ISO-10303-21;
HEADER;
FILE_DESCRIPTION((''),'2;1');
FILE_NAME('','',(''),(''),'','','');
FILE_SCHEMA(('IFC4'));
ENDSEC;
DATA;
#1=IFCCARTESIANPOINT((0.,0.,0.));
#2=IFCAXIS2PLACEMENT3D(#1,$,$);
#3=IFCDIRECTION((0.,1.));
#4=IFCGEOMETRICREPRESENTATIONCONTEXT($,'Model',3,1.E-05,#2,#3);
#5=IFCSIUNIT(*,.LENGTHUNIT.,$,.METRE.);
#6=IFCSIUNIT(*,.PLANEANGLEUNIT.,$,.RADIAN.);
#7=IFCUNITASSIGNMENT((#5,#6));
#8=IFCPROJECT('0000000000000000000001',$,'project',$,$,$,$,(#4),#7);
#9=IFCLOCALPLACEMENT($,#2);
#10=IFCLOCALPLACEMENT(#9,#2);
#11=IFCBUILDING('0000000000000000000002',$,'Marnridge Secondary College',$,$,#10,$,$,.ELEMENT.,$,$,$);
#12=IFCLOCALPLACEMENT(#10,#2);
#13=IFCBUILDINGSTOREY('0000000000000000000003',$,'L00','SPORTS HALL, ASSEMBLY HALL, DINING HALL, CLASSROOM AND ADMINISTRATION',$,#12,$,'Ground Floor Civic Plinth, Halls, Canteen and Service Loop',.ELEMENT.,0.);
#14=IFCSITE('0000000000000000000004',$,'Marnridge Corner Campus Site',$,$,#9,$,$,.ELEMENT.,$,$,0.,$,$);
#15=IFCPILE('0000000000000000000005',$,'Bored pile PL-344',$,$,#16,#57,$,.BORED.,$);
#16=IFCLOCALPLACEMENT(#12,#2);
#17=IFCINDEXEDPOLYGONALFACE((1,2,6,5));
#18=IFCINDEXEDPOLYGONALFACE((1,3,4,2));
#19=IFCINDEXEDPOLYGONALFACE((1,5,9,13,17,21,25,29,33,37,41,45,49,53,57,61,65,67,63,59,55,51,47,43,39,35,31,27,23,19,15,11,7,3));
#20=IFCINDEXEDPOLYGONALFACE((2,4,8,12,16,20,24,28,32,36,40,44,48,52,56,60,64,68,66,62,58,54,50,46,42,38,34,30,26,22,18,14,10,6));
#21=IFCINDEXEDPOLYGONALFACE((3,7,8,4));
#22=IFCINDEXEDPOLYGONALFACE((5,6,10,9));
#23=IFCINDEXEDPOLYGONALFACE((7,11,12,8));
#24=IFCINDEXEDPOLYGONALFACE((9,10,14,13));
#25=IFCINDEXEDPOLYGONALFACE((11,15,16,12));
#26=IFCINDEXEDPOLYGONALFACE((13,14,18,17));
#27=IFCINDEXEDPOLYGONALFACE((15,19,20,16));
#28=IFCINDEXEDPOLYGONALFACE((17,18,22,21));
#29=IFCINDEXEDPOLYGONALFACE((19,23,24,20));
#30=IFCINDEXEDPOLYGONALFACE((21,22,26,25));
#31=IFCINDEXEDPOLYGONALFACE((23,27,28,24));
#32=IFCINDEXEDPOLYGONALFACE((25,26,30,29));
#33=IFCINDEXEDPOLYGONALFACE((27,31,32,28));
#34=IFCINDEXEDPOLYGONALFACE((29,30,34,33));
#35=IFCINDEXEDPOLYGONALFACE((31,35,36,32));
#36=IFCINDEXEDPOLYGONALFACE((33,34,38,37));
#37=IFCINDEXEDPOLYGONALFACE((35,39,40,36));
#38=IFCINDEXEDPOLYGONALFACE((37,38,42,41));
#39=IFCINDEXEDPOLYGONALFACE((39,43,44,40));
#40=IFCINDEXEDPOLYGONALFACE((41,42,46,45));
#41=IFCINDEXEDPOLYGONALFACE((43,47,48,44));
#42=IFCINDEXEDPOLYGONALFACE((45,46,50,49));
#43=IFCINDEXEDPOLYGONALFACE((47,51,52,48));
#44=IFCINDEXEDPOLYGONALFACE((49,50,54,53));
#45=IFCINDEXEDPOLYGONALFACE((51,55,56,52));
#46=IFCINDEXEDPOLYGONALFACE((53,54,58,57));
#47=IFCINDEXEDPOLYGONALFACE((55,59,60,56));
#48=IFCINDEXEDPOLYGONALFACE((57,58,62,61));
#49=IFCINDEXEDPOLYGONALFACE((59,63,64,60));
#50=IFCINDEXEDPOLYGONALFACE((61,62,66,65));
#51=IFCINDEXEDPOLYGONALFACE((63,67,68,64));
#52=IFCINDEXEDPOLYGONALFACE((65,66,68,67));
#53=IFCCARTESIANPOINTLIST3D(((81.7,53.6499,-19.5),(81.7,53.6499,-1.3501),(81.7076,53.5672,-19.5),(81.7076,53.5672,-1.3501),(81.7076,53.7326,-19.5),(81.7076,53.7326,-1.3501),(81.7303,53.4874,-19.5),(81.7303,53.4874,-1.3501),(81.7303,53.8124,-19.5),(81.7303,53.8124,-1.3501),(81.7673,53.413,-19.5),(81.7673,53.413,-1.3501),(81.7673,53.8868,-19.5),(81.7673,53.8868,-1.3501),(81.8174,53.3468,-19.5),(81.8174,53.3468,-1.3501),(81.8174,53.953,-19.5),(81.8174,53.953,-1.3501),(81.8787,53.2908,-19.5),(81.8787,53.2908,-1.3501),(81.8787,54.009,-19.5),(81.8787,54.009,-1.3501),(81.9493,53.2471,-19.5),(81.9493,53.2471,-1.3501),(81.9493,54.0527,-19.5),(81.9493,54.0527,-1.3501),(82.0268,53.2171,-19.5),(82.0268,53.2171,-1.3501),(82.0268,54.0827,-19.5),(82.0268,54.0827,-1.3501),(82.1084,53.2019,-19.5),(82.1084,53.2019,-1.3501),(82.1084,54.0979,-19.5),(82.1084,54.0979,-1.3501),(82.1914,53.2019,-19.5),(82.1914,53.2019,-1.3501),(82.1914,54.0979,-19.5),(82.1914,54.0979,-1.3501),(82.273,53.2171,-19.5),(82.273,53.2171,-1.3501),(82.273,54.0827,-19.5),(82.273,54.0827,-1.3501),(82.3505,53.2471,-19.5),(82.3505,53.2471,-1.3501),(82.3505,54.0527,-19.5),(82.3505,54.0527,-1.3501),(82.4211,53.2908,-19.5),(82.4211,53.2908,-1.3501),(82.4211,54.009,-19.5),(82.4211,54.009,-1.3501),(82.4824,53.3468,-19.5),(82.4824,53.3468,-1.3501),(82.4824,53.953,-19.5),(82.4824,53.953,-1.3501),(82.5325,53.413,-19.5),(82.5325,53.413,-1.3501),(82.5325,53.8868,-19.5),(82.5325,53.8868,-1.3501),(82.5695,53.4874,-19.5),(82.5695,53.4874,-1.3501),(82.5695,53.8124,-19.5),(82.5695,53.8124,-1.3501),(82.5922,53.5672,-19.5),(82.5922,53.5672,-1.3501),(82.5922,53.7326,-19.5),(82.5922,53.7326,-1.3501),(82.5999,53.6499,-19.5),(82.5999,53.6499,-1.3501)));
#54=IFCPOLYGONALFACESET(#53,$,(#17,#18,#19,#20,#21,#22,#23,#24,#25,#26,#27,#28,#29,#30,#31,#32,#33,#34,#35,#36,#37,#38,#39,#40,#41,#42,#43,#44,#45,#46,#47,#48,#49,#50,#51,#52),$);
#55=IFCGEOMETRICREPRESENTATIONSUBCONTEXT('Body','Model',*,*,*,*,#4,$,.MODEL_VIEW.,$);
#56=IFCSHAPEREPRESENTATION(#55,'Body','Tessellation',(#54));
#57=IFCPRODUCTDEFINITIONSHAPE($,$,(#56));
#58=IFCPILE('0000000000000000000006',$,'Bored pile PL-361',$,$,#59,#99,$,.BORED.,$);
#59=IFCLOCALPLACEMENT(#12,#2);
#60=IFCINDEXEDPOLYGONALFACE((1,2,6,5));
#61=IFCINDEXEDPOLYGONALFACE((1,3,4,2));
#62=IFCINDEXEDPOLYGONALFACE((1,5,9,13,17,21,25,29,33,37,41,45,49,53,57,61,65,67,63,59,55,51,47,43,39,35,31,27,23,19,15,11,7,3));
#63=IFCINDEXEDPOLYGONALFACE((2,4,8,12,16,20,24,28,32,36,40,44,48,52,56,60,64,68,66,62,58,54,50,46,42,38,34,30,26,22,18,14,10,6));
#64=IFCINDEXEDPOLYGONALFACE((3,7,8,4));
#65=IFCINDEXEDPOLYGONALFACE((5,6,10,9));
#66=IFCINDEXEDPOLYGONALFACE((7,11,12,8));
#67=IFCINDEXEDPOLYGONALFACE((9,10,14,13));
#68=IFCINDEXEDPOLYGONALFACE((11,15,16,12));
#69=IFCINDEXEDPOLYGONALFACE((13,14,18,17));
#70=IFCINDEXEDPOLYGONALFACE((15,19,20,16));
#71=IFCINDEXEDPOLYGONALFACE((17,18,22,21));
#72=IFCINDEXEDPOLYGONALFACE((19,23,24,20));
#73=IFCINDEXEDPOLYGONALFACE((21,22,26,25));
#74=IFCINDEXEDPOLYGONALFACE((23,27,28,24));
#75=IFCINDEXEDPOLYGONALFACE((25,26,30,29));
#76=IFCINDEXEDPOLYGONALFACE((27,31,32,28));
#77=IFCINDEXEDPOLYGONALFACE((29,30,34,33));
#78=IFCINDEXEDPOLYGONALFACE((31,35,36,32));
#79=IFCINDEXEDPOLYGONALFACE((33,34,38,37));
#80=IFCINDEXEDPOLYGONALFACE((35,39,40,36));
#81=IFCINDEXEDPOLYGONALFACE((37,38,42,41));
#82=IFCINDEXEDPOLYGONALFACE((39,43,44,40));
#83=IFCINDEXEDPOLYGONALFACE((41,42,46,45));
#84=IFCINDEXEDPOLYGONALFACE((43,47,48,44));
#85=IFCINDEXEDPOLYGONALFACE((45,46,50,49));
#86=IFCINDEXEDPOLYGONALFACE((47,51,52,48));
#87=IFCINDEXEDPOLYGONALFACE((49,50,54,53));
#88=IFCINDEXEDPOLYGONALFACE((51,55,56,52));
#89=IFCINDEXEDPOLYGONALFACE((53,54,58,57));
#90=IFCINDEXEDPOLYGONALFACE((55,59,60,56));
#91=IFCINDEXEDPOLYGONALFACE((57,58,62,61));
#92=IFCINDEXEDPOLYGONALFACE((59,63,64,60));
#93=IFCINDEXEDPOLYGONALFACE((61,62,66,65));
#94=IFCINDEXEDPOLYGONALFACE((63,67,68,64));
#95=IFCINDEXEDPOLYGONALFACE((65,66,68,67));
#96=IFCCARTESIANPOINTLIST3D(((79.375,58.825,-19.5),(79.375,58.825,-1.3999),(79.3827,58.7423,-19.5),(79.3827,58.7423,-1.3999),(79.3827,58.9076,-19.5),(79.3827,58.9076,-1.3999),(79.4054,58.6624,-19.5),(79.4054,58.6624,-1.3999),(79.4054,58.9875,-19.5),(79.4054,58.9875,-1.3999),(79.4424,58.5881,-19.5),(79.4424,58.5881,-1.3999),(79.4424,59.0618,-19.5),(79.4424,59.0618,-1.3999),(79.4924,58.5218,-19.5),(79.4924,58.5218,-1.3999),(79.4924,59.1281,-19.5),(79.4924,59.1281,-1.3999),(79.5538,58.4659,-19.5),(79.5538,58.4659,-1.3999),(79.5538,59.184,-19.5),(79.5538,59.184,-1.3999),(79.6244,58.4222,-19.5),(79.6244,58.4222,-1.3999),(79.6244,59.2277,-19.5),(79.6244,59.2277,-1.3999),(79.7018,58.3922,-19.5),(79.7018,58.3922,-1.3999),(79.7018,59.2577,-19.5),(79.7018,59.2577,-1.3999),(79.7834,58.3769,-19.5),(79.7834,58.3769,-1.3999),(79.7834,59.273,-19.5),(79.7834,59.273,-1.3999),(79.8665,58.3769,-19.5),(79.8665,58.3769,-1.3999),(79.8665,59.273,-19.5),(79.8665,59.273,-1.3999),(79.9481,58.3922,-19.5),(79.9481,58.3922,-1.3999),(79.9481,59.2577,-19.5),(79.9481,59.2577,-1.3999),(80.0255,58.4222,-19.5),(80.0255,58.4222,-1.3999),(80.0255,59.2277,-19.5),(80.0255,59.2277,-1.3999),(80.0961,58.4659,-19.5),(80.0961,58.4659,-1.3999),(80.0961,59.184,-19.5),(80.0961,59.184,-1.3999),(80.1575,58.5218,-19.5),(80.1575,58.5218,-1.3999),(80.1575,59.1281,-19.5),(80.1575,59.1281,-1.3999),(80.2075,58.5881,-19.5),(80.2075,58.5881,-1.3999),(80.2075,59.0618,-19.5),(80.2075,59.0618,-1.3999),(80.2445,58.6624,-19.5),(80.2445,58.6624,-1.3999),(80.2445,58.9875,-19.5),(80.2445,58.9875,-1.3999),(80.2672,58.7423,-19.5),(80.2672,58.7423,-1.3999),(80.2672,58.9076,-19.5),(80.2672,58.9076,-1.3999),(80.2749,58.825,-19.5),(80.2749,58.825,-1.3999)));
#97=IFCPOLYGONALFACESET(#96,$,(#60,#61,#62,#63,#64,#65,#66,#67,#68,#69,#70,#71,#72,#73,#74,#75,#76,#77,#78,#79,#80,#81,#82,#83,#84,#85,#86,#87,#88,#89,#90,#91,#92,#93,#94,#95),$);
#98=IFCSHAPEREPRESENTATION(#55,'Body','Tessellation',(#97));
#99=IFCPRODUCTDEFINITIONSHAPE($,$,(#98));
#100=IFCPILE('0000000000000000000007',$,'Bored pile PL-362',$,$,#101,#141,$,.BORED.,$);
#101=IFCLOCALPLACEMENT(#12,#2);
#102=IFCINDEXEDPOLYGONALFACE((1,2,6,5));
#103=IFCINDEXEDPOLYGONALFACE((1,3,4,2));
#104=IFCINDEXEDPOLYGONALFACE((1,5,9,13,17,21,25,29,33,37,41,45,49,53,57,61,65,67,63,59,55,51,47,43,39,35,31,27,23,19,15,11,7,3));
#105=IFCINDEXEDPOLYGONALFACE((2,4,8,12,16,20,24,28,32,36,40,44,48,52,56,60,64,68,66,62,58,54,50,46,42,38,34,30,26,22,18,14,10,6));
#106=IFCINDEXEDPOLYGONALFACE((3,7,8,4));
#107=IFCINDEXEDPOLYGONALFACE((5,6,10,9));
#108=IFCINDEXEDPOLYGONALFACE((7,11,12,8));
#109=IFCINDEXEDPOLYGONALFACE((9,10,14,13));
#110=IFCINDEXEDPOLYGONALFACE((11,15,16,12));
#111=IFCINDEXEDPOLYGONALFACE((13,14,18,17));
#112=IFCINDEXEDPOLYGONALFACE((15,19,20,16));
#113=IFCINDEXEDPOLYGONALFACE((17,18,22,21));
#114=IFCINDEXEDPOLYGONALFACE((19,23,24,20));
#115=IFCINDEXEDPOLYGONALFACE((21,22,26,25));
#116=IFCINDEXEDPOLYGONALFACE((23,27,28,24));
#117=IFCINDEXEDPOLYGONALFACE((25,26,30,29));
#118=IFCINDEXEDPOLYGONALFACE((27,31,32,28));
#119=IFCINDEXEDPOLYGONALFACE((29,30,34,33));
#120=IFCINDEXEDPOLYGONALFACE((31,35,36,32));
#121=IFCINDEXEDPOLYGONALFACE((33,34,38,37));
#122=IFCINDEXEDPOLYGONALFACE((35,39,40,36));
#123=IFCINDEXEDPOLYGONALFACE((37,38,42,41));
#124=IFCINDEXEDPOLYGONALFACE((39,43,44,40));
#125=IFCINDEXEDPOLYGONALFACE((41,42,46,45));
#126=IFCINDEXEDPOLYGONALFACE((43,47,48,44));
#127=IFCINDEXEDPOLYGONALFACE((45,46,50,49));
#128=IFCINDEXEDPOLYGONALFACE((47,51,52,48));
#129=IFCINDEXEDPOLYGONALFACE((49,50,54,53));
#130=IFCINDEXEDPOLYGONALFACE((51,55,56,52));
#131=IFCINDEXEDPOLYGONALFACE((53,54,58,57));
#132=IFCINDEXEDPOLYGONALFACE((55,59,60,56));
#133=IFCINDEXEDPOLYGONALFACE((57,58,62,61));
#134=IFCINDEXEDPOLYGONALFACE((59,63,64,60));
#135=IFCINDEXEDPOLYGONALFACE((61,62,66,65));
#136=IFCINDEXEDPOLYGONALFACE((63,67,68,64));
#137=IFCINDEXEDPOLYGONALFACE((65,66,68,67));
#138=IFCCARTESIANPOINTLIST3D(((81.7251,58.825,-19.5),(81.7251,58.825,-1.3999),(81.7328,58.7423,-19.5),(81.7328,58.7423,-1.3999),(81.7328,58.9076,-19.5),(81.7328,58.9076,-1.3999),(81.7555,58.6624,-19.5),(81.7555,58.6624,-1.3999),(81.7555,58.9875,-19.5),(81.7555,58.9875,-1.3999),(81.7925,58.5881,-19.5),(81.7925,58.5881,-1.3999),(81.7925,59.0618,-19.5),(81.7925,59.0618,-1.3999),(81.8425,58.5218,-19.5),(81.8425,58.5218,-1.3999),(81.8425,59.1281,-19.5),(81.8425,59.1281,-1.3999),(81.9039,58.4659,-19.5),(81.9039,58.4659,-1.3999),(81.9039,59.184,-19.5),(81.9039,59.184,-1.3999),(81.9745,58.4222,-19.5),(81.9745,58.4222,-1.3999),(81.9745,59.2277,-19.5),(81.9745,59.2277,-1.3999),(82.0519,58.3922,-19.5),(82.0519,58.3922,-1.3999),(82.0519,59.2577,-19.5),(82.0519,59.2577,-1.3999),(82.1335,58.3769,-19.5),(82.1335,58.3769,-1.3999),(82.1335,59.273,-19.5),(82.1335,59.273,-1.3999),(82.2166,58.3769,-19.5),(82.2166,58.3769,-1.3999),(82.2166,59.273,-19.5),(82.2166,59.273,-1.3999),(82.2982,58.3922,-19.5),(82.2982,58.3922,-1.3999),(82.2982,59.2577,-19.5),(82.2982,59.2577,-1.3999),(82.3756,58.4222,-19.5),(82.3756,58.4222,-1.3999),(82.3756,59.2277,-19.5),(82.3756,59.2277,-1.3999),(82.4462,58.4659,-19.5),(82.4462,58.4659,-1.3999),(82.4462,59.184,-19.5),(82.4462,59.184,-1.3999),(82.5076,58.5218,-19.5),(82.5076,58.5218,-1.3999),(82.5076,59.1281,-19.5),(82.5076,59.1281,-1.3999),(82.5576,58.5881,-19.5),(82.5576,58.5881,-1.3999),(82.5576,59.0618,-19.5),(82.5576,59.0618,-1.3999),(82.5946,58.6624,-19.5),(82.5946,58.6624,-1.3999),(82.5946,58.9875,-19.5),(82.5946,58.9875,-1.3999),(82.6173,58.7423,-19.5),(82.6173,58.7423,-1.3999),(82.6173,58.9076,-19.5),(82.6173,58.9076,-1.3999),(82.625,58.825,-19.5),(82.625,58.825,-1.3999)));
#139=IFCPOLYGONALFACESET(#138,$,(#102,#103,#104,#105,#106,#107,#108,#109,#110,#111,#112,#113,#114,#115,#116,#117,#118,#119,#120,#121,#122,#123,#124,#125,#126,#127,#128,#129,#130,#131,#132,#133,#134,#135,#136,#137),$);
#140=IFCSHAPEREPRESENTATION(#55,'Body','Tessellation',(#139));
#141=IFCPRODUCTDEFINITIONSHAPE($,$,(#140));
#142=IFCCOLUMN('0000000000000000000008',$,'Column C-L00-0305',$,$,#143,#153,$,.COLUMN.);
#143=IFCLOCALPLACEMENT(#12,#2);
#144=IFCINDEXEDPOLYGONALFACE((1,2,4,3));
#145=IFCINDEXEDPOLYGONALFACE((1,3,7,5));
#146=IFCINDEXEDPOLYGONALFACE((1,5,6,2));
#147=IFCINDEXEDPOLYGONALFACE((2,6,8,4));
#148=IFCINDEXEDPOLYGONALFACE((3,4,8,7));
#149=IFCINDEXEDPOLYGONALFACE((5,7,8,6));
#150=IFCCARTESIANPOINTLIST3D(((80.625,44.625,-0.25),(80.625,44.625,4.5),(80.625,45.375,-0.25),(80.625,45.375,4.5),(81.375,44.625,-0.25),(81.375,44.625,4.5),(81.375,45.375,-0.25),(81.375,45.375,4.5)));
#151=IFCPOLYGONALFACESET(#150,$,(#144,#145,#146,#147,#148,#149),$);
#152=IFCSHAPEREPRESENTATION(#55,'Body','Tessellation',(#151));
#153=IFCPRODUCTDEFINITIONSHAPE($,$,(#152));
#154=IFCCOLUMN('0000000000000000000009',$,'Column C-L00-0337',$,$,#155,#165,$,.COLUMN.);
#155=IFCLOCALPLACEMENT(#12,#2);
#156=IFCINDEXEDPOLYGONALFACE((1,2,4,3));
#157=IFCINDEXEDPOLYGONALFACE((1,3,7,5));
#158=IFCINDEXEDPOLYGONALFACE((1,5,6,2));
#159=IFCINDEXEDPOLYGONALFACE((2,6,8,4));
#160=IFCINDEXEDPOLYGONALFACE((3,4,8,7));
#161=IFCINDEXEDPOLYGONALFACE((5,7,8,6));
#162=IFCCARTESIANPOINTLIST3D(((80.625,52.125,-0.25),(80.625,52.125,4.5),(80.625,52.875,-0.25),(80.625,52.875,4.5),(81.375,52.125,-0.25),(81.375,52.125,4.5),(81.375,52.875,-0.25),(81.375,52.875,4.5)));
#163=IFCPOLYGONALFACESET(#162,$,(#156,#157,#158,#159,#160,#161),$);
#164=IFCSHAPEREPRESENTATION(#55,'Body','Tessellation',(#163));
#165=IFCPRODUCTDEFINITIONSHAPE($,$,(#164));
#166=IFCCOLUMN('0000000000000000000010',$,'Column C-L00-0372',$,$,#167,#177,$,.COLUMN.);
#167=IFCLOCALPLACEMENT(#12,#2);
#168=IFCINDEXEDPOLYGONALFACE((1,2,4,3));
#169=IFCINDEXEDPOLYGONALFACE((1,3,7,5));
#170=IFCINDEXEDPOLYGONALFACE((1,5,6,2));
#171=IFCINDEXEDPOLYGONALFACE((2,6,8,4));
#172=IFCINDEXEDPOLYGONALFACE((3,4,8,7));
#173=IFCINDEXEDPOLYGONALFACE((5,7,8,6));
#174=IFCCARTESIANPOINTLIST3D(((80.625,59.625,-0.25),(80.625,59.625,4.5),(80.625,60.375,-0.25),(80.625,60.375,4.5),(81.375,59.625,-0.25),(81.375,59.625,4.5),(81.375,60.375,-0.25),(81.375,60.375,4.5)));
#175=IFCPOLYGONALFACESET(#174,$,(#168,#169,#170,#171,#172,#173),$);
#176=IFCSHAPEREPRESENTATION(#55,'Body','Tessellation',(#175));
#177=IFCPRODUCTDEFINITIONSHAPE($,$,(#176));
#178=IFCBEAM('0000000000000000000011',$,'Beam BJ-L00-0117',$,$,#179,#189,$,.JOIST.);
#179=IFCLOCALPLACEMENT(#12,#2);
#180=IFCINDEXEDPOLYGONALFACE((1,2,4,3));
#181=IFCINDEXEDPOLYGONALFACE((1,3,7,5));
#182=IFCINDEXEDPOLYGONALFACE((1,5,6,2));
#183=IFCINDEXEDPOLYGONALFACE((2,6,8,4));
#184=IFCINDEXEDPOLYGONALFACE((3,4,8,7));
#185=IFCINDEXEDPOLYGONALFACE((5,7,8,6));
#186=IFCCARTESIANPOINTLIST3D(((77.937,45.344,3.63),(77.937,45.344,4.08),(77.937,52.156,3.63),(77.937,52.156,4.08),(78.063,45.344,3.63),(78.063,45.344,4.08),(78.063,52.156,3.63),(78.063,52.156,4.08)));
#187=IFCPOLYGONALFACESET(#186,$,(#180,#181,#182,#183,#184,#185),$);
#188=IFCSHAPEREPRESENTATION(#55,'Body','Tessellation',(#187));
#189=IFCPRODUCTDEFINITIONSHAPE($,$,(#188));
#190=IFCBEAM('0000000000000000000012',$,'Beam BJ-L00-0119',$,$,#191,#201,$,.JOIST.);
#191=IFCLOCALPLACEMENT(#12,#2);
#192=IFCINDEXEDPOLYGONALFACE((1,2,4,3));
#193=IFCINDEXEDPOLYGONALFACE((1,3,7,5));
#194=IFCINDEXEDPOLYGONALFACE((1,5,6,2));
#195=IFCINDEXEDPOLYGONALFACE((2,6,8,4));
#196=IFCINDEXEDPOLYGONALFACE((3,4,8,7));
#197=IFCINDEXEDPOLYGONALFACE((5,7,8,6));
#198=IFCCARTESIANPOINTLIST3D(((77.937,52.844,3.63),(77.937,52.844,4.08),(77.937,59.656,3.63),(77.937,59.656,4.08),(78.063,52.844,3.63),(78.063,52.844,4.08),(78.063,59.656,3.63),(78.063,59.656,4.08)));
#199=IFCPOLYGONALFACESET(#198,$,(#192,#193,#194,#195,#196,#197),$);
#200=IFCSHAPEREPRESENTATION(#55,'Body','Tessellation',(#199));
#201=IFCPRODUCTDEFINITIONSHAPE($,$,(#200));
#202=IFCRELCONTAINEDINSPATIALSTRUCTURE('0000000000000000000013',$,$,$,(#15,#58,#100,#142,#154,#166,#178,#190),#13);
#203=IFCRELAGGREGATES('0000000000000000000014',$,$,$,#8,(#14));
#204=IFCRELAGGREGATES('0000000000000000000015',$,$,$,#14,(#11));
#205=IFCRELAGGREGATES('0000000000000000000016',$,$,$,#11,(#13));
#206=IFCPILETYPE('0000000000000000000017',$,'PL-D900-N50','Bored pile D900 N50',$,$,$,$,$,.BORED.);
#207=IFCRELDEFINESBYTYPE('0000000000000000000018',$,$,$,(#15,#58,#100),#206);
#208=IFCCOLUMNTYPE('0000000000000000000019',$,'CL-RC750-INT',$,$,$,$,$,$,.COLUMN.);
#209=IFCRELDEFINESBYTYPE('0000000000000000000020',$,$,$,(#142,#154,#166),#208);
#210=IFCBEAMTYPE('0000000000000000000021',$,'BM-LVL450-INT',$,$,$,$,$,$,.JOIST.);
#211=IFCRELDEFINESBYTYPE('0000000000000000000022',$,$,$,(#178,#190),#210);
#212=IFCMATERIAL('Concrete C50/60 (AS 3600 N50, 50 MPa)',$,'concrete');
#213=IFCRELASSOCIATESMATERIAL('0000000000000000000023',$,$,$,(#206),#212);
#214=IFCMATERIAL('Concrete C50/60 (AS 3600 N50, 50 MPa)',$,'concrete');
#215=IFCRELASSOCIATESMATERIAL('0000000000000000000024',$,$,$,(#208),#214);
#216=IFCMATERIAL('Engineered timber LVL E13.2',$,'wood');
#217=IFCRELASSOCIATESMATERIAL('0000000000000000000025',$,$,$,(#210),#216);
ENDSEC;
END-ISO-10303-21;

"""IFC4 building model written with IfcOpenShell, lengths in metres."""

from ifc_helpers import new_model, si_unit, direction, frame, origin, origin_2d, place, context, subcontext, project, spatial, rectangle, circle, extrude, material, material_profile, profile_set, type_object, element, save


model = new_model("IFC4")

# Units and contexts
model_context = context("Model", 3, precision=1e-05, world=origin(), true_north=direction((0.0, 1.0)))
body_context = subcontext(model_context, "Body", "Model", "MODEL_VIEW")
ifc_project = project(units=[si_unit("LENGTHUNIT", "METRE"), si_unit("PLANEANGLEUNIT", "RADIAN")], contexts=[model_context])

# Site, building, storey
site_placement = place(None, origin())
site = spatial("IfcSite", under=ifc_project, at=site_placement, Name="Marnridge Corner Campus Site", CompositionType="ELEMENT", RefElevation=0.0)
building_placement = place(site_placement, origin())
building = spatial("IfcBuilding", under=site, at=building_placement, Name="Marnridge Secondary College", CompositionType="ELEMENT")
storey_placement = place(building_placement, origin())
storey = spatial("IfcBuildingStorey", under=building, at=storey_placement, Name="L00", Description="SPORTS HALL, ASSEMBLY HALL, DINING HALL, CLASSROOM AND ADMINISTRATION", LongName="Ground Floor Civic Plinth, Halls, Canteen and Service Loop", CompositionType="ELEMENT", Elevation=0.0)

# Piles
ifc_material_1 = material(Name="Concrete C50/60 (AS 3600 N50, 50 MPa)", Category="concrete")
ifc_material_profile_1 = material_profile(ifc_material_1, circle(Radius=0.45, at=origin_2d()), Name="PILE D900")
ifc_profile_set_1 = profile_set([ifc_material_profile_1], Name="Concrete C50/60 (AS 3600 N50, 50 MPa)")
pile_type_1 = type_object("IfcPileType", Name="PL-D900-N50", Description="Bored pile D900 N50", PredefinedType="BORED", material=ifc_profile_set_1)
for number, where, z_axis, x_axis, name in (
    (1, (82.1499, 53.6499, -1.3501), (0.0, 0.0, -1.0), (1.0, 0.0, 0.0), "Bored pile PL-344"),
):
    element("IfcPile", number, at=place(storey_placement, frame(where, z_axis=z_axis, x_axis=x_axis)), inside=storey, type_object=pile_type_1, Name=name, PredefinedType="BORED", context=body_context, shape_type="SweptSolid", body=[
        extrude(circle(Radius=0.45, at=origin_2d()), origin(), (0.0, 0.0, 1.0), 18.1499),
    ])
for number, where, z_axis, x_axis, name in (
    (2, (79.825, 58.825, -1.3999), (0.0, 0.0, -1.0), (1.0, 0.0, 0.0), "Bored pile PL-361"),
    (3, (82.175, 58.825, -1.3999), (0.0, 0.0, -1.0), (1.0, 0.0, 0.0), "Bored pile PL-362"),
):
    element("IfcPile", number, at=place(storey_placement, frame(where, z_axis=z_axis, x_axis=x_axis)), inside=storey, type_object=pile_type_1, Name=name, PredefinedType="BORED", context=body_context, shape_type="SweptSolid", body=[
        extrude(circle(Radius=0.45, at=origin_2d()), origin(), (0.0, 0.0, 1.0), 18.1001),
    ])

# Columns
ifc_material_2 = material(Name="Concrete C50/60 (AS 3600 N50, 50 MPa)", Category="concrete")
ifc_material_profile_2 = material_profile(ifc_material_2, rectangle(XDim=0.75, YDim=0.75, at=origin_2d()), Name="RC 750x750")
ifc_profile_set_2 = profile_set([ifc_material_profile_2], Name="Concrete C50/60 (AS 3600 N50, 50 MPa)")
column_type = type_object("IfcColumnType", Name="CL-RC750-INT", PredefinedType="COLUMN", material=ifc_profile_set_2)
for number, where, z_axis, x_axis, name in (
    (4, (81.0, 45.0, -0.25), (0.0, 0.0, 1.0), (1.0, 0.0, 0.0), "Column C-L00-0305"),
    (5, (81.0, 52.5, -0.25), (0.0, 0.0, 1.0), (1.0, 0.0, 0.0), "Column C-L00-0337"),
    (6, (81.0, 60.0, -0.25), (0.0, 0.0, 1.0), (1.0, 0.0, 0.0), "Column C-L00-0372"),
):
    element("IfcColumn", number, at=place(storey_placement, frame(where, z_axis=z_axis, x_axis=x_axis)), inside=storey, type_object=column_type, Name=name, PredefinedType="COLUMN", context=body_context, shape_type="SweptSolid", body=[
        extrude(rectangle(XDim=0.75, YDim=0.75, at=origin_2d()), origin(), (0.0, 0.0, 1.0), 4.75),
    ])

# Beams
ifc_material_3 = material(Name="Engineered timber LVL E13.2", Category="wood")
ifc_material_profile_3 = material_profile(ifc_material_3, rectangle(XDim=0.126, YDim=0.45, at=origin_2d()), Name="LVL 126x450")
ifc_profile_set_3 = profile_set([ifc_material_profile_3], Name="Engineered timber LVL E13.2")
beam_type_1 = type_object("IfcBeamType", Name="BM-LVL450-INT", PredefinedType="JOIST", material=ifc_profile_set_3)
for number, where, z_axis, x_axis, name in (
    (7, (78.0, 45.344, 3.855), (0.0, 1.0, 0.0), (-1.0, 0.0, 0.0), "Beam BJ-L00-0117"),
    (8, (78.0, 52.844, 3.855), (0.0, 1.0, 0.0), (-1.0, 0.0, 0.0), "Beam BJ-L00-0119"),
):
    element("IfcBeam", number, at=place(storey_placement, frame(where, z_axis=z_axis, x_axis=x_axis)), inside=storey, type_object=beam_type_1, Name=name, PredefinedType="JOIST", context=body_context, shape_type="SweptSolid", body=[
        extrude(rectangle(XDim=0.126, YDim=0.45, at=origin_2d()), origin(), (0.0, 0.0, 1.0), 6.812),
    ])

save(model, "model.ifc")
